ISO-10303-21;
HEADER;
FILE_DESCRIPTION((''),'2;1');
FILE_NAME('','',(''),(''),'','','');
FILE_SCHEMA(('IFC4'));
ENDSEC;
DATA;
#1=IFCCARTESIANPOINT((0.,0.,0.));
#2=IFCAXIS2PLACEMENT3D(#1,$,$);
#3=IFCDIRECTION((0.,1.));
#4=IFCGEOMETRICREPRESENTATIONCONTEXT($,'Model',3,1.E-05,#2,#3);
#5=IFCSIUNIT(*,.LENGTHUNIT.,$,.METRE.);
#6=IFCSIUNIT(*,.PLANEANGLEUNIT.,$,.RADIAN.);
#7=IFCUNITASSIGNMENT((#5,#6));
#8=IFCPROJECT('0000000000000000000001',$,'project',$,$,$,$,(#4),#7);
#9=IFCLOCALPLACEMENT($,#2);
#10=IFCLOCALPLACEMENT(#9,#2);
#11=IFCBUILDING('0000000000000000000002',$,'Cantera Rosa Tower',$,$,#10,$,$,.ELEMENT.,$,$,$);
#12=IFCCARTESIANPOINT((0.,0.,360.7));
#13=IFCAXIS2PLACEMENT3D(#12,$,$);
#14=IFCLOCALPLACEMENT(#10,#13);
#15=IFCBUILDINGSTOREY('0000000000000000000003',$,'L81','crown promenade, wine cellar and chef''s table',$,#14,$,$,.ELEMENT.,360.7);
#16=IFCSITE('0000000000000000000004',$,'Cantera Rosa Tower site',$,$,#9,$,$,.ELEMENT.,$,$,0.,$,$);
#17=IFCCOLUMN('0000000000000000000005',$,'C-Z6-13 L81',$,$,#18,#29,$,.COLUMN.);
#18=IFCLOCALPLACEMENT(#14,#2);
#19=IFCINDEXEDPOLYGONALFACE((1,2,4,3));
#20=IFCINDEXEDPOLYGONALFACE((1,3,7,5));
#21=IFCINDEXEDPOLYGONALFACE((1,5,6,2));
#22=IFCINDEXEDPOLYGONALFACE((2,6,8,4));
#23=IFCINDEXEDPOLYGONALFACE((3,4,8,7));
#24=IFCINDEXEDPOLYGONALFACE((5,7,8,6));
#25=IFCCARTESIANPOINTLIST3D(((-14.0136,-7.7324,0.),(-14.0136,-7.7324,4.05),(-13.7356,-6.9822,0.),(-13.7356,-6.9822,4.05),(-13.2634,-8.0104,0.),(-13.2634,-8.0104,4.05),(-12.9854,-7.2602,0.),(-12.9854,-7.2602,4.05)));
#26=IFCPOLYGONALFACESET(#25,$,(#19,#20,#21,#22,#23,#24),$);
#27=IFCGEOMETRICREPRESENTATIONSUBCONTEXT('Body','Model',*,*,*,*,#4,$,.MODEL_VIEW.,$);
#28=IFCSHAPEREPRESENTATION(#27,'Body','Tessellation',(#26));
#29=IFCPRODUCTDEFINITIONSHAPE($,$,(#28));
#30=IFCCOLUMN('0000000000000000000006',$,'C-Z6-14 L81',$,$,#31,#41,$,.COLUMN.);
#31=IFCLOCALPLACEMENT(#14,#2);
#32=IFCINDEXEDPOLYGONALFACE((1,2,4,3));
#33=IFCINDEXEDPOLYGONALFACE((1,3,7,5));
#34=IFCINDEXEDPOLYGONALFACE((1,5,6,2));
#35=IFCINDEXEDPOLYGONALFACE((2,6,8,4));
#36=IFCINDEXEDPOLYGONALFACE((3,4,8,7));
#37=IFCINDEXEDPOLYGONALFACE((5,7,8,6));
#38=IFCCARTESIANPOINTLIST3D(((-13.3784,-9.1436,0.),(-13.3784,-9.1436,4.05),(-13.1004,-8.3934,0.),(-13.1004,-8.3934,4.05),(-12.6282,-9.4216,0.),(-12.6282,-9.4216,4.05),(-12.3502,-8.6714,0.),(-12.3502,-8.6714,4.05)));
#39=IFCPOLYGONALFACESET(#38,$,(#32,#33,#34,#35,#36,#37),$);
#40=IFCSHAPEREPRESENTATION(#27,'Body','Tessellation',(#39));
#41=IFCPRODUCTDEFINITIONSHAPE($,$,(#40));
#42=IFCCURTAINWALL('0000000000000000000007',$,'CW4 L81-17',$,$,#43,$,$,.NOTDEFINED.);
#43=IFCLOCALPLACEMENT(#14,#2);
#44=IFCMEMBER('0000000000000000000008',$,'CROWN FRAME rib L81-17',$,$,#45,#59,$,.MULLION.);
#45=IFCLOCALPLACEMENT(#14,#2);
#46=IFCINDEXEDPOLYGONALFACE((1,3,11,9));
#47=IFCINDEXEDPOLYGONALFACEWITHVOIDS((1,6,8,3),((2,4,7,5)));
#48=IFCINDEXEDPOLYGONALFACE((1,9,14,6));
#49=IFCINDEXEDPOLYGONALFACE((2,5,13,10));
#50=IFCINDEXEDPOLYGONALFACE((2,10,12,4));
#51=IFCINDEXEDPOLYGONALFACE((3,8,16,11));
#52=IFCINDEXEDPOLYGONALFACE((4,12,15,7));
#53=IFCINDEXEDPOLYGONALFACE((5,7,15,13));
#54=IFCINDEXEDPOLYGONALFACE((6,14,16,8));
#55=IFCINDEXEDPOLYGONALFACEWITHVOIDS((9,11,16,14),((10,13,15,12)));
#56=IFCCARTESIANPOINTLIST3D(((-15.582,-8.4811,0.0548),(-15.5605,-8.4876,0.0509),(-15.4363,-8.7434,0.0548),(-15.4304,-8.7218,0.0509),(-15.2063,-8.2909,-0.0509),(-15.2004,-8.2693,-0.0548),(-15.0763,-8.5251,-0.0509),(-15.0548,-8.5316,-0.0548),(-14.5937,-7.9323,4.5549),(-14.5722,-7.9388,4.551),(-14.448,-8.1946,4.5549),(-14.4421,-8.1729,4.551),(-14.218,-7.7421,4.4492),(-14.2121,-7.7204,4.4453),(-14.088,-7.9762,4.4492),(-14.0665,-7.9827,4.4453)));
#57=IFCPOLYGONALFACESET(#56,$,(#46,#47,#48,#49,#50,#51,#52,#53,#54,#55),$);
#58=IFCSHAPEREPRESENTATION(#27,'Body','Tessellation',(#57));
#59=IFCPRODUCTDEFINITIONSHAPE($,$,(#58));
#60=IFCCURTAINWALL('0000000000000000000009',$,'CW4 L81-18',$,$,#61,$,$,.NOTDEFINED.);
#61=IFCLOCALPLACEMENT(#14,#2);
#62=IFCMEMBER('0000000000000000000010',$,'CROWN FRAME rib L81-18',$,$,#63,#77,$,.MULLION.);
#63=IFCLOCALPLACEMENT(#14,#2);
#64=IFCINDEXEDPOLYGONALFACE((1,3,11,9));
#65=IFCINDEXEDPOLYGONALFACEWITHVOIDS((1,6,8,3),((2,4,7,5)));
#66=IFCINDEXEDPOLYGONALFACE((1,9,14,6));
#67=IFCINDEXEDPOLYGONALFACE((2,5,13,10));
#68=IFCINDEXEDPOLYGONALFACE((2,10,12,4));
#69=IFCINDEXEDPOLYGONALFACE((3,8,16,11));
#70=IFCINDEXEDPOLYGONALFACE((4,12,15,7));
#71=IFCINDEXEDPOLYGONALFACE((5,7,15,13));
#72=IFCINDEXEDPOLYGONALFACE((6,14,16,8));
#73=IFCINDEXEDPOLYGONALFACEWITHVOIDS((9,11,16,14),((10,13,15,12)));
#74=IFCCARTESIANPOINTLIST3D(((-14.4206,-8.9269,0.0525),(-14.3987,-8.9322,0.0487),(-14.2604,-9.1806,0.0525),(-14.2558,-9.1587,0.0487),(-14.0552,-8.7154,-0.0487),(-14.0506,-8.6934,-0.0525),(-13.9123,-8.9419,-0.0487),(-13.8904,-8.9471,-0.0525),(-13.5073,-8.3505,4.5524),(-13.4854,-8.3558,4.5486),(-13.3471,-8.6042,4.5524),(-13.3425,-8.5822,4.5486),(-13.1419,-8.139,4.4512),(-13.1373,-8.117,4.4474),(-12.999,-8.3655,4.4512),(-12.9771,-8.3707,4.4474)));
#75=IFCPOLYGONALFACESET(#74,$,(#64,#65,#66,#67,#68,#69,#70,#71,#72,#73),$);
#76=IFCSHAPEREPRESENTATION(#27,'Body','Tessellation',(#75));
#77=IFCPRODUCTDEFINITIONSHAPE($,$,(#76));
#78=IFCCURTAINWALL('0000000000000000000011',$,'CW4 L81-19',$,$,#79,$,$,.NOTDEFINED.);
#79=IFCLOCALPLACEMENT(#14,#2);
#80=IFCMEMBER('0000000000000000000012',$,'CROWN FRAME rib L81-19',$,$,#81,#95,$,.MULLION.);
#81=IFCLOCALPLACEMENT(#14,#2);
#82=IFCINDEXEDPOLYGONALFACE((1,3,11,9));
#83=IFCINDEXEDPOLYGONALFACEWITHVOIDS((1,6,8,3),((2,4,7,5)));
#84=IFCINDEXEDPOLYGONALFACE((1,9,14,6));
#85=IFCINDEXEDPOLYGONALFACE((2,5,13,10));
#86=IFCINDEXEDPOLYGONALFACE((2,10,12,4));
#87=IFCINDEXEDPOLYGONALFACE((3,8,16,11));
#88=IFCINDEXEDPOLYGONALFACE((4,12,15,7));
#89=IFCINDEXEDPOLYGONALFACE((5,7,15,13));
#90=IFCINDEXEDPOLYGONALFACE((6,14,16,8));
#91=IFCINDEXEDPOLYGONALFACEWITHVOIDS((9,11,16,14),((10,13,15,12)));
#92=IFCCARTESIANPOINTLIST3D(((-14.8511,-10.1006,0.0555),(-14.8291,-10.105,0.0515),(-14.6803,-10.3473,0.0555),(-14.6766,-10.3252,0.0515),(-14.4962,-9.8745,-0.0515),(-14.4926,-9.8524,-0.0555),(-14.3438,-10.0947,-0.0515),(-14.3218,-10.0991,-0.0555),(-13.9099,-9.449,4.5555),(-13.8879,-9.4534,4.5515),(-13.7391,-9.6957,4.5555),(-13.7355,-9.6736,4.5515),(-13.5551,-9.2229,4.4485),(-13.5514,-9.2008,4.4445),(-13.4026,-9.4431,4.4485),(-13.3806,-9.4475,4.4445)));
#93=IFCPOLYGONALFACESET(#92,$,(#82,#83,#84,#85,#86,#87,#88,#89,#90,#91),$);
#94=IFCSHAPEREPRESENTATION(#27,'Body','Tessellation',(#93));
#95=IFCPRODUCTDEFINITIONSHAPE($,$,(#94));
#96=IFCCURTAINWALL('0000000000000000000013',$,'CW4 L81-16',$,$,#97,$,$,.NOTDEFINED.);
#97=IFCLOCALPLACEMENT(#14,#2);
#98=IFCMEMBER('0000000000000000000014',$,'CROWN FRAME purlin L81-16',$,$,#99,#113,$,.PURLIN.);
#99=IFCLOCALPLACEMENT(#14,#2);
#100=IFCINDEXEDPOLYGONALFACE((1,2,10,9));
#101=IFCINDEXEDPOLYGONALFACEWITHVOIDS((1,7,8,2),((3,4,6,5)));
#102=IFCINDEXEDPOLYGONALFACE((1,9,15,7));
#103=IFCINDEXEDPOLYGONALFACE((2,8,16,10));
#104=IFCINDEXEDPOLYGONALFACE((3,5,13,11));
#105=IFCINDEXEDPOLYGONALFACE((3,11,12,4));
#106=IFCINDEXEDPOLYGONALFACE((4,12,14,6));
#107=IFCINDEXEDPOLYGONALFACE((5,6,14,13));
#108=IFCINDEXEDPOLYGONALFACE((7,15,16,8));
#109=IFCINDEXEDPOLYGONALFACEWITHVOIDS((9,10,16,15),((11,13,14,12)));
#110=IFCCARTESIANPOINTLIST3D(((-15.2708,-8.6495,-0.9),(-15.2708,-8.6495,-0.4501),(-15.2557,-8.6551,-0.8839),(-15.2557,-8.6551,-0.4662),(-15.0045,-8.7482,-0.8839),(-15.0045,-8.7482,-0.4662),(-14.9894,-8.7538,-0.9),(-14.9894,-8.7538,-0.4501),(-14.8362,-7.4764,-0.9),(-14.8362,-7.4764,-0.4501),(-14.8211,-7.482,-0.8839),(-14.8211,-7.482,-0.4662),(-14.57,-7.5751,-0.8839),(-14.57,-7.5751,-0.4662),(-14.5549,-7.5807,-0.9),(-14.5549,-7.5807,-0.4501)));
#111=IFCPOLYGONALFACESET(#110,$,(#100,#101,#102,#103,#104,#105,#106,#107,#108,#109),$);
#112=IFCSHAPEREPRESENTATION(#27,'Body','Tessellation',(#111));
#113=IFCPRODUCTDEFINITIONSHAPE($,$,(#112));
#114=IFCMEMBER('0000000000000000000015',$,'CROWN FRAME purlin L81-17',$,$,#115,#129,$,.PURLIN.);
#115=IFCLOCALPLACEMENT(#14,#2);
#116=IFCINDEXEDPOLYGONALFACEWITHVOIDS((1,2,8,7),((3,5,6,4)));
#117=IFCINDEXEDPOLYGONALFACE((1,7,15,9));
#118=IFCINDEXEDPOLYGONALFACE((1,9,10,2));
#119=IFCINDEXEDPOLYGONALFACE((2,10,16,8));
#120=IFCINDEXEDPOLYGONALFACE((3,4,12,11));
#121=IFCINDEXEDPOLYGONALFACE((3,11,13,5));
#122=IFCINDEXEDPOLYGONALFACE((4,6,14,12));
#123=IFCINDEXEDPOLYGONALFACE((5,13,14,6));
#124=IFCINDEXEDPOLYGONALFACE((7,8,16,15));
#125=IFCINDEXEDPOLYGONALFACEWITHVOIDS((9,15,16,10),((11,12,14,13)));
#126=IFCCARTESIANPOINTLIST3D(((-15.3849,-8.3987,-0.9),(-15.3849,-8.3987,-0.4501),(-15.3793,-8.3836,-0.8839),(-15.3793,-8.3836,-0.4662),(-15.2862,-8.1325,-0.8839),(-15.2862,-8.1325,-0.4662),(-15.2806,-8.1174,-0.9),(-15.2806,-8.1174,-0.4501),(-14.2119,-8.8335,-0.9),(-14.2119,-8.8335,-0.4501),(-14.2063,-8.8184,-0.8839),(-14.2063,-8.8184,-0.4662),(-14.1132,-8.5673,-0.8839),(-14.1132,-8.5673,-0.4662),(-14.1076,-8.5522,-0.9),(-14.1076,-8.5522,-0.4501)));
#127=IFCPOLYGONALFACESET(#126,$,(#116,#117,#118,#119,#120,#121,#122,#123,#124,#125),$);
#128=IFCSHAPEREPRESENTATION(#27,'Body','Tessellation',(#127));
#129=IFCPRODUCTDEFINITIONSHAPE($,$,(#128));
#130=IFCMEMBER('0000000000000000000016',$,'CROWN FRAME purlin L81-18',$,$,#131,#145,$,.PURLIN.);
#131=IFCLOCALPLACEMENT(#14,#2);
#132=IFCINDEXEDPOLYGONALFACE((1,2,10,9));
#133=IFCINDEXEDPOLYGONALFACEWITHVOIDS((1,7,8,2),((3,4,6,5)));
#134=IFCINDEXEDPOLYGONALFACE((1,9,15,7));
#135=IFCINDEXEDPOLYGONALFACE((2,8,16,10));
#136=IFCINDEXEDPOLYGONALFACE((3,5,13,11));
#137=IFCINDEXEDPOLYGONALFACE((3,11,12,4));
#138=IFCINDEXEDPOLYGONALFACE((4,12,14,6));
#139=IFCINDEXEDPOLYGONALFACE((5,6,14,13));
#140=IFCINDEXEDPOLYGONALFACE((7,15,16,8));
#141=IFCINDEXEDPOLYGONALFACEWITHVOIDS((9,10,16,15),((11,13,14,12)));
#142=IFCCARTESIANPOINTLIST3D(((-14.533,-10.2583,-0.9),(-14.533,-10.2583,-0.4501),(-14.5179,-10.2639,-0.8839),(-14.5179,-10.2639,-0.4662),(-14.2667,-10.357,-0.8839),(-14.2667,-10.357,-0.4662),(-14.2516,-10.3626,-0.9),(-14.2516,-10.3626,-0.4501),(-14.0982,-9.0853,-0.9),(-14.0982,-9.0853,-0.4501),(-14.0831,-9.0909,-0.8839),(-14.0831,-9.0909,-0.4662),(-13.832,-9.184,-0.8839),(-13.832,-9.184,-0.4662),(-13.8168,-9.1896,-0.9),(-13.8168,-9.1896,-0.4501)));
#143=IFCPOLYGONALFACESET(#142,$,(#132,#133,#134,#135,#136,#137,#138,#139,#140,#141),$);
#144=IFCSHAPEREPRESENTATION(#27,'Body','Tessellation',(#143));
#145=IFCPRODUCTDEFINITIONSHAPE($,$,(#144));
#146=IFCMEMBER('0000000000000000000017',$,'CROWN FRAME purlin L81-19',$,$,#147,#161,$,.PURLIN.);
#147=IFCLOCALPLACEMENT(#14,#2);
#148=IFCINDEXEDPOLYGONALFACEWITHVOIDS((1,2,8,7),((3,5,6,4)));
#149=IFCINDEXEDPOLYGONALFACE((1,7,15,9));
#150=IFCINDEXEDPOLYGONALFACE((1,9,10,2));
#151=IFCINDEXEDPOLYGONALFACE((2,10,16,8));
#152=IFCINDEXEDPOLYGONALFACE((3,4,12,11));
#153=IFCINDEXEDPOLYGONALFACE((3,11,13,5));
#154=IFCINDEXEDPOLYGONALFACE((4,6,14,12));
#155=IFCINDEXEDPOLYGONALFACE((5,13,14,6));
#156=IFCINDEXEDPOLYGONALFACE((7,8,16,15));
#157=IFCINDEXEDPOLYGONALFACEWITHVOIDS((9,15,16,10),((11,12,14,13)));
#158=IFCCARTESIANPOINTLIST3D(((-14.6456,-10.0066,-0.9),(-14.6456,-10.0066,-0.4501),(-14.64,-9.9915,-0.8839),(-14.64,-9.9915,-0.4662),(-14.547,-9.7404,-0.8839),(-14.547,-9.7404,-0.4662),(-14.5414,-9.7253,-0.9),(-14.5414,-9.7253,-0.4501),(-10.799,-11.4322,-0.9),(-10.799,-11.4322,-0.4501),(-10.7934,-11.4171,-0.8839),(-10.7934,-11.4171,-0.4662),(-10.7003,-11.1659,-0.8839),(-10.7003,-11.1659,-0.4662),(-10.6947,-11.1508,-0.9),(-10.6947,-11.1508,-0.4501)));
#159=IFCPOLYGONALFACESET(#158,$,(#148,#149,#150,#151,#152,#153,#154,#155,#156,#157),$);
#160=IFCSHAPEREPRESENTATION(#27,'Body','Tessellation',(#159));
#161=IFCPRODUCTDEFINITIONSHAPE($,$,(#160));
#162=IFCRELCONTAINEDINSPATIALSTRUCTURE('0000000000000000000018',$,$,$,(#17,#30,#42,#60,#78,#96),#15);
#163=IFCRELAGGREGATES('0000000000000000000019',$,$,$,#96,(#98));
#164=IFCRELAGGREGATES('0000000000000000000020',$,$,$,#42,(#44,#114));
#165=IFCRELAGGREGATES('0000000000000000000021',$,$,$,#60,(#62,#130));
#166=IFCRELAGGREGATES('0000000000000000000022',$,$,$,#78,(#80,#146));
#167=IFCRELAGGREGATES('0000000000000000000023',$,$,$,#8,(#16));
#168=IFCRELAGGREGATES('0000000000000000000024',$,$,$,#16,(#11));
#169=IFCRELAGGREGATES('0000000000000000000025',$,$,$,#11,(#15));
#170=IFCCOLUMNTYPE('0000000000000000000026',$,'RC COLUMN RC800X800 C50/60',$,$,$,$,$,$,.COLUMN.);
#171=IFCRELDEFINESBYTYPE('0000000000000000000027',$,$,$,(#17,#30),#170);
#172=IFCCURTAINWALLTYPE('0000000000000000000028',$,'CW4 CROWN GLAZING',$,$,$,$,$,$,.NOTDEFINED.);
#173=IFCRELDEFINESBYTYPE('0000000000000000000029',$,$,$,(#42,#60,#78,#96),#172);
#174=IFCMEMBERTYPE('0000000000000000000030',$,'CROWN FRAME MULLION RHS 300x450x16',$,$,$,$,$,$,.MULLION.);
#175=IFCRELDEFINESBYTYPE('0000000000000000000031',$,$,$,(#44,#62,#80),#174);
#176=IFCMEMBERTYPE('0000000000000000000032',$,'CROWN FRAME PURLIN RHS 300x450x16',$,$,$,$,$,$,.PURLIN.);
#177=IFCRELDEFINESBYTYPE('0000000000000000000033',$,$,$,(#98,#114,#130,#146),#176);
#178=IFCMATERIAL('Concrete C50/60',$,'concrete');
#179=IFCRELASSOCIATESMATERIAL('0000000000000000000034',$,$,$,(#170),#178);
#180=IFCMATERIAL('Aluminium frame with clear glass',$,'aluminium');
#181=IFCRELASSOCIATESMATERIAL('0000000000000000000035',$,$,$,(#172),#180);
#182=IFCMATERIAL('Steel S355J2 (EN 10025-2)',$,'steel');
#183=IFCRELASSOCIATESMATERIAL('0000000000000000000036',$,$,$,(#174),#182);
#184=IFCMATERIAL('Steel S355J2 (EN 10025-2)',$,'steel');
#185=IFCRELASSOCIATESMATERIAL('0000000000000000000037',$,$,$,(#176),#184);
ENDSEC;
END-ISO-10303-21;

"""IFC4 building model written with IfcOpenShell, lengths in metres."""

from ifc_helpers import new_model, si_unit, direction, frame, origin, origin_2d, place, context, subcontext, project, spatial, rectangle, hollow_rectangle, extrude, material, material_profile, profile_set, type_object, element, aggregate, save


model = new_model("IFC4")

# Units and contexts
model_context = context("Model", 3, precision=1e-05, world=origin(), true_north=direction((0.0, 1.0)))
body_context = subcontext(model_context, "Body", "Model", "MODEL_VIEW")
ifc_project = project(units=[si_unit("LENGTHUNIT", "METRE"), si_unit("PLANEANGLEUNIT", "RADIAN")], contexts=[model_context])

# Site, building, storey
site_placement = place(None, origin())
site = spatial("IfcSite", under=ifc_project, at=site_placement, Name="Cantera Rosa Tower site", CompositionType="ELEMENT", RefElevation=0.0)
building_placement = place(site_placement, origin())
building = spatial("IfcBuilding", under=site, at=building_placement, Name="Cantera Rosa Tower", CompositionType="ELEMENT")
storey_placement = place(building_placement, frame((0.0, 0.0, 360.7)))
storey = spatial("IfcBuildingStorey", under=building, at=storey_placement, Name="L81", Description="crown promenade, wine cellar and chef's table", CompositionType="ELEMENT", Elevation=360.7)

# Columns
ifc_material_1 = material(Name="Concrete C50/60", Category="concrete")
ifc_material_profile_1 = material_profile(ifc_material_1, rectangle(XDim=0.8, YDim=0.8, at=origin_2d()), Name="RC COLUMN RC800X800 C50/60")
ifc_profile_set_1 = profile_set([ifc_material_profile_1], Name="Concrete C50/60")
column_type = type_object("IfcColumnType", Name="RC COLUMN RC800X800 C50/60", PredefinedType="COLUMN", material=ifc_profile_set_1)
for number, where, z_axis, x_axis, name in (
    (1, (-13.4995, -7.4963, 0.0), (0.0, 0.0, 1.0), (0.347481, 0.937687, 0.0), "C-Z6-13 L81"),
    (2, (-12.8643, -8.9075, 0.0), (0.0, 0.0, 1.0), (0.347481, 0.937687, 0.0), "C-Z6-14 L81"),
):
    element("IfcColumn", number, at=place(storey_placement, frame(where, z_axis=z_axis, x_axis=x_axis)), inside=storey, type_object=column_type, Name=name, PredefinedType="COLUMN", context=body_context, shape_type="SweptSolid", body=[
        extrude(rectangle(XDim=0.8, YDim=0.8, at=origin_2d()), origin(), (0.0, 0.0, 1.0), 4.05),
    ])

# Curtain walls, members
ifc_material_2 = material(Name="Aluminium frame with clear glass", Category="aluminium")
curtain_wall_type = type_object("IfcCurtainWallType", Name="CW4 CROWN GLAZING", PredefinedType="NOTDEFINED", material=ifc_material_2)
curtain_wall_1_placement = place(storey_placement, origin())
curtain_wall_1 = element("IfcCurtainWall", 3, at=curtain_wall_1_placement, inside=storey, type_object=curtain_wall_type, Name="CW4 L81-17", PredefinedType="NOTDEFINED")
ifc_material_3 = material(Name="Steel S355J2 (EN 10025-2)", Category="steel")
ifc_material_profile_2 = material_profile(ifc_material_3, hollow_rectangle(XDim=0.3, YDim=0.45, WallThickness=0.0161, at=origin_2d()), Name="CROWN FRAME MULLION RHS 300x450x16")
ifc_profile_set_2 = profile_set([ifc_material_profile_2], Name="Steel S355J2 (EN 10025-2)")
member_type_1 = type_object("IfcMemberType", Name="CROWN FRAME MULLION RHS 300x450x16", PredefinedType="MULLION", material=ifc_profile_set_2)
member_1_placement = place(storey_placement, frame((-15.3184, -8.5063, 0.0), z_axis=(0.213, 0.118287, 0.969866), x_axis=(-0.485496, 0.874239, 0.0)))
member_1 = element("IfcMember", 4, at=member_1_placement, type_object=member_type_1, Name="CROWN FRAME rib L81-17", PredefinedType="MULLION", context=body_context, shape_type="SweptSolid", body=[
    extrude(hollow_rectangle(XDim=0.3, YDim=0.45, WallThickness=0.0161, at=origin_2d()), origin(), (0.0, 0.0, 1.0), 4.6399),
])
curtain_wall_2_placement = place(storey_placement, origin())
curtain_wall_2 = element("IfcCurtainWall", 5, at=curtain_wall_2_placement, inside=storey, type_object=curtain_wall_type, Name="CW4 L81-18", PredefinedType="NOTDEFINED")
member_2_placement = place(storey_placement, frame((-14.1555, -8.937, 0.0), z_axis=(0.197358, 0.124555, 0.972387), x_axis=(-0.533712, 0.845666, 0.0)))
member_2 = element("IfcMember", 6, at=member_2_placement, type_object=member_type_1, Name="CROWN FRAME rib L81-18", PredefinedType="MULLION", context=body_context, shape_type="SweptSolid", body=[
    extrude(hollow_rectangle(XDim=0.3, YDim=0.45, WallThickness=0.0161, at=origin_2d()), origin(), (0.0, 0.0, 1.0), 4.6277),
])
curtain_wall_3_placement = place(storey_placement, origin())
curtain_wall_3 = element("IfcCurtainWall", 7, at=curtain_wall_3_placement, inside=storey, type_object=curtain_wall_type, Name="CW4 L81-19", PredefinedType="NOTDEFINED")
member_3_placement = place(storey_placement, frame((-14.5864, -10.0999, 0.0), z_axis=(0.202692, 0.140333, 0.969135), x_axis=(-0.569232, 0.822177, 0.0)))
member_3 = element("IfcMember", 8, at=member_3_placement, type_object=member_type_1, Name="CROWN FRAME rib L81-19", PredefinedType="MULLION", context=body_context, shape_type="SweptSolid", body=[
    extrude(hollow_rectangle(XDim=0.3, YDim=0.45, WallThickness=0.0161, at=origin_2d()), origin(), (0.0, 0.0, 1.0), 4.6433),
])
curtain_wall_4_placement = place(storey_placement, origin())
curtain_wall_4 = element("IfcCurtainWall", 9, at=curtain_wall_4_placement, inside=storey, type_object=curtain_wall_type, Name="CW4 L81-16", PredefinedType="NOTDEFINED")
ifc_material_4 = material(Name="Steel S355J2 (EN 10025-2)", Category="steel")
ifc_material_profile_3 = material_profile(ifc_material_4, hollow_rectangle(XDim=0.3, YDim=0.45, WallThickness=0.0161, at=origin_2d()), Name="CROWN FRAME PURLIN RHS 300x450x16")
ifc_profile_set_3 = profile_set([ifc_material_profile_3], Name="Steel S355J2 (EN 10025-2)")
member_type_2 = type_object("IfcMemberType", Name="CROWN FRAME PURLIN RHS 300x450x16", PredefinedType="PURLIN", material=ifc_profile_set_3)
member_4_placement = place(storey_placement, frame((-14.6956, -7.5286, -0.675), z_axis=(-0.347378, -0.937725, 0.0), x_axis=(0.937725, -0.347378, 0.0)))
member_4 = element("IfcMember", 10, at=member_4_placement, type_object=member_type_2, Name="CROWN FRAME purlin L81-16", PredefinedType="PURLIN", context=body_context, shape_type="SweptSolid", body=[
    extrude(hollow_rectangle(XDim=0.3, YDim=0.45, WallThickness=0.0161, at=origin_2d()), origin(), (0.0, 0.0, 1.0), 1.251),
])

# Members
member_5_placement = place(storey_placement, frame((-15.3328, -8.2581, -0.675), z_axis=(0.937662, -0.34755, 0.0), x_axis=(0.34755, 0.937662, 0.0)))
member_5 = element("IfcMember", 11, at=member_5_placement, type_object=member_type_2, Name="CROWN FRAME purlin L81-17", PredefinedType="PURLIN", context=body_context, shape_type="SweptSolid", body=[
    extrude(hollow_rectangle(XDim=0.3, YDim=0.45, WallThickness=0.0161, at=origin_2d()), origin(), (0.0, 0.0, 1.0), 1.251),
])
member_6_placement = place(storey_placement, frame((-13.9575, -9.1375, -0.675), z_axis=(-0.34755, -0.937662, 0.0), x_axis=(0.937662, -0.34755, 0.0)))
member_6 = element("IfcMember", 12, at=member_6_placement, type_object=member_type_2, Name="CROWN FRAME purlin L81-18", PredefinedType="PURLIN", context=body_context, shape_type="SweptSolid", body=[
    extrude(hollow_rectangle(XDim=0.3, YDim=0.45, WallThickness=0.0161, at=origin_2d()), origin(), (0.0, 0.0, 1.0), 1.251),
])
member_7_placement = place(storey_placement, frame((-14.5935, -9.866, -0.675), z_axis=(0.937682, -0.347495, 0.0), x_axis=(0.347495, 0.937682, 0.0)))
member_7 = element("IfcMember", 13, at=member_7_placement, type_object=member_type_2, Name="CROWN FRAME purlin L81-19", PredefinedType="PURLIN", context=body_context, shape_type="SweptSolid", body=[
    extrude(hollow_rectangle(XDim=0.3, YDim=0.45, WallThickness=0.0161, at=origin_2d()), origin(), (0.0, 0.0, 1.0), 4.1023),
])

aggregate(curtain_wall_4, [member_4])
aggregate(curtain_wall_1, [member_1, member_5])
aggregate(curtain_wall_2, [member_2, member_6])
aggregate(curtain_wall_3, [member_3, member_7])

save(model, "model.ifc")
